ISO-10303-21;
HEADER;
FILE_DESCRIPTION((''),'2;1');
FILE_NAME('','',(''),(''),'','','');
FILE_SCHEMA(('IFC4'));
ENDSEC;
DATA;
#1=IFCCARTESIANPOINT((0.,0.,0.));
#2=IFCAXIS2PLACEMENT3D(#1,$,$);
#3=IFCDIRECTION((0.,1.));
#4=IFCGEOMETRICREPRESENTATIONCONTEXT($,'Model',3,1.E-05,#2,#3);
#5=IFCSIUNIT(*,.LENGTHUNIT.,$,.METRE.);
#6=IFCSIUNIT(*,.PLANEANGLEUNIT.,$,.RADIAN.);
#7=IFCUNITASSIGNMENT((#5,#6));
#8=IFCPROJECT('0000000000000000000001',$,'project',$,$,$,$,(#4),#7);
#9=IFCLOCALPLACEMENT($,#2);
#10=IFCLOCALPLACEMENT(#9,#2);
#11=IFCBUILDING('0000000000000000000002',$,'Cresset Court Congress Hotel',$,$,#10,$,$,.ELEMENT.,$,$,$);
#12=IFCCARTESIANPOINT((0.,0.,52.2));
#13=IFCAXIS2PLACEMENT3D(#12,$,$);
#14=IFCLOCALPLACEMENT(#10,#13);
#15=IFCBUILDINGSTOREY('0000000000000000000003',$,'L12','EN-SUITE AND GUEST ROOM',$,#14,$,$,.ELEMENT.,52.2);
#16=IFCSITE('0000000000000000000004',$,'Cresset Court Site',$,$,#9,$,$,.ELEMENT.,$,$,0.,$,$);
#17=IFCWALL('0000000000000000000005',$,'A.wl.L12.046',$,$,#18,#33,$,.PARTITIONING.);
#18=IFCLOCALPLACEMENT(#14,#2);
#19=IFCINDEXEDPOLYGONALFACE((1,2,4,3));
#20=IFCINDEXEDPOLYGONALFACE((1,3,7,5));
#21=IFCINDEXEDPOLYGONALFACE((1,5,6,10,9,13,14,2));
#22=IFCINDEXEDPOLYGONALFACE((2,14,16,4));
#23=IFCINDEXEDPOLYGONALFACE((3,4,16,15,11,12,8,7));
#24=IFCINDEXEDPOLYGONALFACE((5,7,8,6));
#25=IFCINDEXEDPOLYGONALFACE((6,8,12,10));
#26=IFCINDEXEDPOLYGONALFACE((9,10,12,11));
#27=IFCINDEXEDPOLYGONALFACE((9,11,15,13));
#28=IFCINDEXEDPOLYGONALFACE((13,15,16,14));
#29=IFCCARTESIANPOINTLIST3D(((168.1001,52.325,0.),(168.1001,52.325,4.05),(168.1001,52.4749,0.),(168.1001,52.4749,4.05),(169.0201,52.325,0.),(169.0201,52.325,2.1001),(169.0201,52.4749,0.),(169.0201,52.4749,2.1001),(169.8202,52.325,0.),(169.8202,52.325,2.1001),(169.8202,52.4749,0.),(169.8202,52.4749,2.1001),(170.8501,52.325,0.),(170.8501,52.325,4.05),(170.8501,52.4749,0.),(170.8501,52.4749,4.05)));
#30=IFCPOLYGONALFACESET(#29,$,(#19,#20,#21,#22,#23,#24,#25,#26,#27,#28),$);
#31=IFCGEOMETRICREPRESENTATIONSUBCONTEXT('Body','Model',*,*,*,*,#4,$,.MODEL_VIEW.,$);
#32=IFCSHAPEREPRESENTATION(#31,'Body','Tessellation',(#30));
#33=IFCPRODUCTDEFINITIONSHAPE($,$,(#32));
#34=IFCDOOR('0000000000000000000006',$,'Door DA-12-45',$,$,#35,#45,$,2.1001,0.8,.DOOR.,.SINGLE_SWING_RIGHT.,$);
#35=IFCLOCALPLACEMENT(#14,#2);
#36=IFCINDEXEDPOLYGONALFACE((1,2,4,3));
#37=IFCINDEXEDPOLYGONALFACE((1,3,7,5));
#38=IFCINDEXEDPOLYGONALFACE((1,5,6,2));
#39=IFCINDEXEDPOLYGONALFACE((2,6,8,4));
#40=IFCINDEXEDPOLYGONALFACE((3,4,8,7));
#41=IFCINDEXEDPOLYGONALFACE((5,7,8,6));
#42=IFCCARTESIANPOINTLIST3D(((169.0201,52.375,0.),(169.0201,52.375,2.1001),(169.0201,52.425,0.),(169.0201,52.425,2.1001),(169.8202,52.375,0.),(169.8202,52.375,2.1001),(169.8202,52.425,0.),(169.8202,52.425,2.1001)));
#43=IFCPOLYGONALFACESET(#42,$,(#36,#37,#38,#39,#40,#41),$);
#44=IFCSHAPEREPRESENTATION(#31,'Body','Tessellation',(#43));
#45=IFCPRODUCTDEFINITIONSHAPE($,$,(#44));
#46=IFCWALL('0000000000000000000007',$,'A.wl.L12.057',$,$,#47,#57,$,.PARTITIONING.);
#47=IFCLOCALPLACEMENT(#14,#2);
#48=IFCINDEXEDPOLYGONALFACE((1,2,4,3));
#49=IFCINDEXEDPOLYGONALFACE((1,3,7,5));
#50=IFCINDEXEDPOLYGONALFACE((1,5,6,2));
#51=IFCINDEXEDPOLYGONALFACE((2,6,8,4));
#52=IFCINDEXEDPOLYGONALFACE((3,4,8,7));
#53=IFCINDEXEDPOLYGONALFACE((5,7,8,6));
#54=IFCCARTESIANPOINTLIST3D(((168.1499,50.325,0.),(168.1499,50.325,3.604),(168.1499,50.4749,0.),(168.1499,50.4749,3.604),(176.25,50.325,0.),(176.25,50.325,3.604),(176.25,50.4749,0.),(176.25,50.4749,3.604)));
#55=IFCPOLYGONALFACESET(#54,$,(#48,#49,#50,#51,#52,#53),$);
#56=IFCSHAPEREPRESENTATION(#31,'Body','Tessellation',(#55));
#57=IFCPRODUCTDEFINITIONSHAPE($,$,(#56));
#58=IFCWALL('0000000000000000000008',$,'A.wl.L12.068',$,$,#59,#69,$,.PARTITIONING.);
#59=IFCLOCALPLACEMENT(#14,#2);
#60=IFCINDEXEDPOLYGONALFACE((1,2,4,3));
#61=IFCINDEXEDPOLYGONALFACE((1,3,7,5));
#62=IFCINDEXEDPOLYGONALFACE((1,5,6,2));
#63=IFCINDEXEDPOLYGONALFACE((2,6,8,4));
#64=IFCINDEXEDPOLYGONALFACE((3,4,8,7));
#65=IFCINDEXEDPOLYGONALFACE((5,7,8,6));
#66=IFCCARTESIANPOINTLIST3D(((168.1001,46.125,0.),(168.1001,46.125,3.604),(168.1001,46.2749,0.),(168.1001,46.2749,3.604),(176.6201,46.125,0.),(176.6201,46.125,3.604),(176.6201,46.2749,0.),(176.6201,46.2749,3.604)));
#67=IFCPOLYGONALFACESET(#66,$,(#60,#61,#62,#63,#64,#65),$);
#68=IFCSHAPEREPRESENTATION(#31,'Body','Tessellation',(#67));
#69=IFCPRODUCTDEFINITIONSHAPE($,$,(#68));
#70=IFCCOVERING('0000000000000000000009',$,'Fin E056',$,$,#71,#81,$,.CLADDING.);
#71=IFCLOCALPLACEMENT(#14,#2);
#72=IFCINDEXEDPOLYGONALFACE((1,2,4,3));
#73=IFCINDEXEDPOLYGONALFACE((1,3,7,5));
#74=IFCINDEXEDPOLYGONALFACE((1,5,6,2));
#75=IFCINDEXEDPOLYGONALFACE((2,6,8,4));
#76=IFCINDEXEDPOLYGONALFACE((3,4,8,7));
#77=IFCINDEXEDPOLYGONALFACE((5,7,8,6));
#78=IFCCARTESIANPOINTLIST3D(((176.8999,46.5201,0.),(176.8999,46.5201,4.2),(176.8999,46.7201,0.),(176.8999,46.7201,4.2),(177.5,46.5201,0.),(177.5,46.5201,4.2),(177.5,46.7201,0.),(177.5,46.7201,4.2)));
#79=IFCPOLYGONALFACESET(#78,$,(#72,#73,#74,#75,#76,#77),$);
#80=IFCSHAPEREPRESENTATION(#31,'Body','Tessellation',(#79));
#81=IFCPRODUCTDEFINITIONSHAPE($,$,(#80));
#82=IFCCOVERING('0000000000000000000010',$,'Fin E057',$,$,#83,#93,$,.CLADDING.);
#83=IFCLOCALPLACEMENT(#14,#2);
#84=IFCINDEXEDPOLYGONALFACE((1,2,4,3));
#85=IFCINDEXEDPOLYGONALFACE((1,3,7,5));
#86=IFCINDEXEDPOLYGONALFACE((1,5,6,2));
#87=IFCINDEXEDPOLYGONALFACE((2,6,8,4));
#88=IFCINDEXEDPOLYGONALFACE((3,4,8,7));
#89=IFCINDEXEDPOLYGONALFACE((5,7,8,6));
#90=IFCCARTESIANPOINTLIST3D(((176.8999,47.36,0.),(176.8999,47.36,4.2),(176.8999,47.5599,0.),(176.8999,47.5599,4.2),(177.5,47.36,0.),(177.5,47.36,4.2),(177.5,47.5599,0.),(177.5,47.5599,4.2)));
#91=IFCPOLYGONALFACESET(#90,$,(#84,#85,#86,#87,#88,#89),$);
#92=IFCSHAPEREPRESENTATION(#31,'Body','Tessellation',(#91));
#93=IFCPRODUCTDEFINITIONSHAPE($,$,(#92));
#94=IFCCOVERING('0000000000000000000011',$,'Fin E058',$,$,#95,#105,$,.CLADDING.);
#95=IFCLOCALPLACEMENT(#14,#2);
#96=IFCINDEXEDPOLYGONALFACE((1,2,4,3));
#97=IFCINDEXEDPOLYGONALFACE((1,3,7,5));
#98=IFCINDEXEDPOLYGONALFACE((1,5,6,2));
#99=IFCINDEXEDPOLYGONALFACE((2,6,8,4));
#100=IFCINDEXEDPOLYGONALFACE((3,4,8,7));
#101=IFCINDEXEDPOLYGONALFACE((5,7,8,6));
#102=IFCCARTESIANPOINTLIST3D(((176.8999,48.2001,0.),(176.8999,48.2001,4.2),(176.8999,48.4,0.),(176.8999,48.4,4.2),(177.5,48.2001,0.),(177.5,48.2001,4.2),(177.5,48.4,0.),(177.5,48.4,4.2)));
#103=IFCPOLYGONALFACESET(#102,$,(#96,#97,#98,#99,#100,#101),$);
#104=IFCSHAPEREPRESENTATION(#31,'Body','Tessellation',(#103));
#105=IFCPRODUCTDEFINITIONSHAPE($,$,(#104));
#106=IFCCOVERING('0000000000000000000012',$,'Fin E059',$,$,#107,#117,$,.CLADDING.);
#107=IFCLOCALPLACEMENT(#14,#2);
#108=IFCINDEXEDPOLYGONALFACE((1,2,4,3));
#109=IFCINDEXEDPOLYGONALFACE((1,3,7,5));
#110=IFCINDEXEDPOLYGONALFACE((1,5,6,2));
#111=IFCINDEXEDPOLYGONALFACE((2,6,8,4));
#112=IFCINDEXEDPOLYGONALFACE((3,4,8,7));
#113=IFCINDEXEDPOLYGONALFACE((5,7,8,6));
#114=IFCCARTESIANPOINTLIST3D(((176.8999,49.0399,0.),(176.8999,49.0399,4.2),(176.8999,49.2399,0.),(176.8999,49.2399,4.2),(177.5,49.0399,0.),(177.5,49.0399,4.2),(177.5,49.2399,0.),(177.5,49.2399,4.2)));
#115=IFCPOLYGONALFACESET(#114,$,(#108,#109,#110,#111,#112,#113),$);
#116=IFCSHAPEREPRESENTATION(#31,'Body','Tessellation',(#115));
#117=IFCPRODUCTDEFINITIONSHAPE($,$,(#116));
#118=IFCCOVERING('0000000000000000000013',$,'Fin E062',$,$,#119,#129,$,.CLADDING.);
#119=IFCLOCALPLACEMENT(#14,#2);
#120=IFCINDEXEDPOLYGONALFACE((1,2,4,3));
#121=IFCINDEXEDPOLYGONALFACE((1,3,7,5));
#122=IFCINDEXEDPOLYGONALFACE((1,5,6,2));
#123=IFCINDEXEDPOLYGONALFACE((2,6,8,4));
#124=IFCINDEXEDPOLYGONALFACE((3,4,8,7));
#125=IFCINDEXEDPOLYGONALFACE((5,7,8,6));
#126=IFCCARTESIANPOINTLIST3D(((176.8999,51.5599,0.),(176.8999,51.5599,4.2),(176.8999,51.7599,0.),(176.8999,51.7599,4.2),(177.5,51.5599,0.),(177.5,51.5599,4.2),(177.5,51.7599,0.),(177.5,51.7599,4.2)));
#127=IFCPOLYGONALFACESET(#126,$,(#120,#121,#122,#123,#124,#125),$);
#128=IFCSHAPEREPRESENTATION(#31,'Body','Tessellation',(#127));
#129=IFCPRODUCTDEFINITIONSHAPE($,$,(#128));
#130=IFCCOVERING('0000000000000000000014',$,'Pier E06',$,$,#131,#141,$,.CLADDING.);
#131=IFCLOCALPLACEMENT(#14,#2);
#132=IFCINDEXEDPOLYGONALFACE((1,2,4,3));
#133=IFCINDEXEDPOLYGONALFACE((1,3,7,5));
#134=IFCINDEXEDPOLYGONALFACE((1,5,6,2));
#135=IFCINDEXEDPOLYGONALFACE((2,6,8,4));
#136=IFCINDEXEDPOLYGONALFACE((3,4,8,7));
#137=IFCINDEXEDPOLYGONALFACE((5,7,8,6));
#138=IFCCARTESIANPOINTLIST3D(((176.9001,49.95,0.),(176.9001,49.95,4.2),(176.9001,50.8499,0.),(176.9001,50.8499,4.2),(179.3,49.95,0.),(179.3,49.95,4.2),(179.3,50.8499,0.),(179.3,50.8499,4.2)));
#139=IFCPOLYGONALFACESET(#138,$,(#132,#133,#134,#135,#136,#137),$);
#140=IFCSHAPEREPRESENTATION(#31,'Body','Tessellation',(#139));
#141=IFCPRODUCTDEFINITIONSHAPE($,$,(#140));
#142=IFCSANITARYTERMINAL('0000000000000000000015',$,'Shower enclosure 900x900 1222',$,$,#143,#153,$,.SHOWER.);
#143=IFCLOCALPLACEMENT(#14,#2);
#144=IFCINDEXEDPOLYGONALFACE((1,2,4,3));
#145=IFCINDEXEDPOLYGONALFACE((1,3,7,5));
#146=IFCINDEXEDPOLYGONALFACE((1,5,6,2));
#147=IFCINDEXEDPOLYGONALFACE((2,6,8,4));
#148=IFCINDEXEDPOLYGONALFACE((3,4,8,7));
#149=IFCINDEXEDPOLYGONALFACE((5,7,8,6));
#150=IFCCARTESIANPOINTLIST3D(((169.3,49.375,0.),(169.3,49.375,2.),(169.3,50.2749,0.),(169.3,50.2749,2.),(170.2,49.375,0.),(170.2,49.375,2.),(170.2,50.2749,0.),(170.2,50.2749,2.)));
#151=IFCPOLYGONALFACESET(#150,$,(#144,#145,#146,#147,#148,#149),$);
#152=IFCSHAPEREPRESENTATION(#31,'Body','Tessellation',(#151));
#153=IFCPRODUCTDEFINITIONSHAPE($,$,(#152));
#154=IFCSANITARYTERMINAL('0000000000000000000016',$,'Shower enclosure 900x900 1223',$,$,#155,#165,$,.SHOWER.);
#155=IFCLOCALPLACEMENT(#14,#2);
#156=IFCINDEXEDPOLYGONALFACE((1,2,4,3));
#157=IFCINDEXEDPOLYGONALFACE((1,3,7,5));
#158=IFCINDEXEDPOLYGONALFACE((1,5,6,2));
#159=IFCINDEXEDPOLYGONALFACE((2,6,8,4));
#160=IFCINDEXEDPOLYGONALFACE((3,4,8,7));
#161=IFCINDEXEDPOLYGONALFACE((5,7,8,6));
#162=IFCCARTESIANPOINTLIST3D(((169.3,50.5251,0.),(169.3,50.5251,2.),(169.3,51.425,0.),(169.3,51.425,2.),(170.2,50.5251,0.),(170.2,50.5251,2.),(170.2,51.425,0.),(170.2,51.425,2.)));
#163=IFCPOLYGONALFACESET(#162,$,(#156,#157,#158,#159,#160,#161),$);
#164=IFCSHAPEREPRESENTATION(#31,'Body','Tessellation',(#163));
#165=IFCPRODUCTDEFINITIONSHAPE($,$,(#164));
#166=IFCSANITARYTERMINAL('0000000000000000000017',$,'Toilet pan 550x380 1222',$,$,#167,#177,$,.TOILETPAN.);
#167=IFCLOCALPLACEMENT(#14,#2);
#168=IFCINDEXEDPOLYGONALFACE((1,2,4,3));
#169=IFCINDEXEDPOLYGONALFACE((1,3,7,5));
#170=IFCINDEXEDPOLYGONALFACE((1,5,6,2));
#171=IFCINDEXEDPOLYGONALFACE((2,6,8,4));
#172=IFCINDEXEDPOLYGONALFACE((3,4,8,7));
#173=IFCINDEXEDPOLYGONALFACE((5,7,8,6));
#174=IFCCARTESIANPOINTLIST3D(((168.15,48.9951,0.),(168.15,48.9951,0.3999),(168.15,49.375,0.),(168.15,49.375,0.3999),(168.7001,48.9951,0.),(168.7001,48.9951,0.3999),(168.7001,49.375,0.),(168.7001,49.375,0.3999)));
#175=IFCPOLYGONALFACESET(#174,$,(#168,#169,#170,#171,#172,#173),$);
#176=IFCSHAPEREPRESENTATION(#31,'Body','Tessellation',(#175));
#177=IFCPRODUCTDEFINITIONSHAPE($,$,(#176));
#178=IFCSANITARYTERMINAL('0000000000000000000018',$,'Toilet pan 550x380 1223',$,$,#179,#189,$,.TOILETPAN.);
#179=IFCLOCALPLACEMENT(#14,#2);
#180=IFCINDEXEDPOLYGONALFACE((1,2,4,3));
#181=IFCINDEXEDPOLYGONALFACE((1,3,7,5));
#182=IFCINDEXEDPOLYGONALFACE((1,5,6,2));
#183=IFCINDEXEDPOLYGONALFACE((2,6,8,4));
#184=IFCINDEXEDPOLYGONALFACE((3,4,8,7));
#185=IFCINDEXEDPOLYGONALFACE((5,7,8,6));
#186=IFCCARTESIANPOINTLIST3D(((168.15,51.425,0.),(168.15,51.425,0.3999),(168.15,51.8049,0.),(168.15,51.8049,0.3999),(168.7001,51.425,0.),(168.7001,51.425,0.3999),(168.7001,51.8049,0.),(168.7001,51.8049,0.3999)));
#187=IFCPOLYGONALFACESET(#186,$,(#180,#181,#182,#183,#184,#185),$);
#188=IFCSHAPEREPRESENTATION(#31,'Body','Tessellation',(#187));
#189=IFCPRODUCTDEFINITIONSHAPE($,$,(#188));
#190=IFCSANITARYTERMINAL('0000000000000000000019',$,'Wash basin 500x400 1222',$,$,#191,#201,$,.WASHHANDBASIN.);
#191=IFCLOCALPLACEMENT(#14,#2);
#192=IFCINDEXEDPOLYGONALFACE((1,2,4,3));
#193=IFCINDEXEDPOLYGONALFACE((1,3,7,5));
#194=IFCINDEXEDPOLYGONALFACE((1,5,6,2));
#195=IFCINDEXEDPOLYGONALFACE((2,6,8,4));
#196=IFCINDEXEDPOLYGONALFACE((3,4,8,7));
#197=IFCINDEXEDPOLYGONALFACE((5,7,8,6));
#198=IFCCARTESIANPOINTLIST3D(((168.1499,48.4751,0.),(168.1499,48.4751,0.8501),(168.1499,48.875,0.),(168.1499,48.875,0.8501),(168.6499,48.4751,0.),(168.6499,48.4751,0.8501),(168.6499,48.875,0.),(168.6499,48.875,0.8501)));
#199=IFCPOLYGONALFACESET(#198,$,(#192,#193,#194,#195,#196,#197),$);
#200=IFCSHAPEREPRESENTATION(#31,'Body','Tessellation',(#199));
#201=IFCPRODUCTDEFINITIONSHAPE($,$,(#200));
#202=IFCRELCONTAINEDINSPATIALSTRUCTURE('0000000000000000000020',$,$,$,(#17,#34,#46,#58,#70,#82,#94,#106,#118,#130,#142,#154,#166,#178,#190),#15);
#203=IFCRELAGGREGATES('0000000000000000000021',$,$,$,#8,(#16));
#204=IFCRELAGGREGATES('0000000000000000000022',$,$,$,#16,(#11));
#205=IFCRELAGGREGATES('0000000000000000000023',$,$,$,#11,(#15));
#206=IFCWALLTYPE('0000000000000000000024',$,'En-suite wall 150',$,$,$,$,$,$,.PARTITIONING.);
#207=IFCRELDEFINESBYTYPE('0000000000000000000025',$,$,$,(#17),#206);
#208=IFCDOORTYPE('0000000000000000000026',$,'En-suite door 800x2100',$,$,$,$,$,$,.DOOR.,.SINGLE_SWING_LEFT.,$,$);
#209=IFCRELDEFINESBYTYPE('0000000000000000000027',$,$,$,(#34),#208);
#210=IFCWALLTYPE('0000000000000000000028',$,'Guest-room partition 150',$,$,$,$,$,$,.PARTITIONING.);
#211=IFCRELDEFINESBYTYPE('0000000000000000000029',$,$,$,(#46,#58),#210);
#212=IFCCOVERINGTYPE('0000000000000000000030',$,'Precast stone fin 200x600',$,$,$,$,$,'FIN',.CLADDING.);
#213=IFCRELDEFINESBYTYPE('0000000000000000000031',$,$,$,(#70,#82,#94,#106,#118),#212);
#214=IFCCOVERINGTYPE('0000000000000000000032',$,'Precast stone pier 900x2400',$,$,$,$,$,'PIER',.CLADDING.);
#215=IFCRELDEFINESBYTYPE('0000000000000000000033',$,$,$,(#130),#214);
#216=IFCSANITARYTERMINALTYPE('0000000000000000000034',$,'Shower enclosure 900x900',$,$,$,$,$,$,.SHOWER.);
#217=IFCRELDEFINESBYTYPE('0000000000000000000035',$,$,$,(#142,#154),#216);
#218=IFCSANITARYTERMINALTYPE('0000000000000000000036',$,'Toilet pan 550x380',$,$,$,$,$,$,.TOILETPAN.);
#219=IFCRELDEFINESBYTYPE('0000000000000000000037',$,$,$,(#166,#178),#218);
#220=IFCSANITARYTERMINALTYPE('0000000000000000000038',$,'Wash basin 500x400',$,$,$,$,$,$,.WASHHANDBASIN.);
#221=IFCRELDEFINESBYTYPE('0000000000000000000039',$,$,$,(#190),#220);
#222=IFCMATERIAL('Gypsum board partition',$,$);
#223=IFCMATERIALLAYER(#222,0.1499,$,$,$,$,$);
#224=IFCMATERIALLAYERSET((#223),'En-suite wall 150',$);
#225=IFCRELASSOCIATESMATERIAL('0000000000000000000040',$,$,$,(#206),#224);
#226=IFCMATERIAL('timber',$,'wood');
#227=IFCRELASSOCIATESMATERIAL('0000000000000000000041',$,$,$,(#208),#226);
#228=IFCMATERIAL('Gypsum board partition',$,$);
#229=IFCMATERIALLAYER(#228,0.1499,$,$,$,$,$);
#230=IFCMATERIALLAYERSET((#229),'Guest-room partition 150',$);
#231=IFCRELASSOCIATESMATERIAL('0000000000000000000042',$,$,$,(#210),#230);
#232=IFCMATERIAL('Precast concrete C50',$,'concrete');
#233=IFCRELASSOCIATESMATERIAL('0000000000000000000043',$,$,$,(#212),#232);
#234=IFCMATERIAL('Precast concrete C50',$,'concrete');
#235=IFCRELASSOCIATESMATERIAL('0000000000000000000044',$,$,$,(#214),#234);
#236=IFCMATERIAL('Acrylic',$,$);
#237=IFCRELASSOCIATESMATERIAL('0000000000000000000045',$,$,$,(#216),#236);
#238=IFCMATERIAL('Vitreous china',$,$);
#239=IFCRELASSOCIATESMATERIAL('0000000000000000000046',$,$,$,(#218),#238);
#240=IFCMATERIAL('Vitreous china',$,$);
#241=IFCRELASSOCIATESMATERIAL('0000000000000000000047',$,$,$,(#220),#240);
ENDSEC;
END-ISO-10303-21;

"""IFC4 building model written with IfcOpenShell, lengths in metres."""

from ifc_helpers import new_model, si_unit, direction, frame, frame_2d, origin, origin_2d, place, context, subcontext, project, spatial, rectangle, extrude, material, layer, layer_set, type_object, element, fill, save


model = new_model("IFC4")

# Units and contexts
model_context = context("Model", 3, precision=1e-05, world=origin(), true_north=direction((0.0, 1.0)))
body_context = subcontext(model_context, "Body", "Model", "MODEL_VIEW")
ifc_project = project(units=[si_unit("LENGTHUNIT", "METRE"), si_unit("PLANEANGLEUNIT", "RADIAN")], contexts=[model_context])

# Site, building, storey
site_placement = place(None, origin())
site = spatial("IfcSite", under=ifc_project, at=site_placement, Name="Cresset Court Site", CompositionType="ELEMENT", RefElevation=0.0)
building_placement = place(site_placement, origin())
building = spatial("IfcBuilding", under=site, at=building_placement, Name="Cresset Court Congress Hotel", CompositionType="ELEMENT")
storey_placement = place(building_placement, frame((0.0, 0.0, 52.2)))
storey = spatial("IfcBuildingStorey", under=building, at=storey_placement, Name="L12", Description="EN-SUITE AND GUEST ROOM", CompositionType="ELEMENT", Elevation=52.2)

# Shared definitions
ifc_material_1 = material(Name="Gypsum board partition")
ifc_layer_1 = layer(ifc_material_1, 0.1499)
ifc_layer_set_1 = layer_set([ifc_layer_1], Name="En-suite wall 150")
wall_type_1 = type_object("IfcWallType", Name="En-suite wall 150", PredefinedType="PARTITIONING", material=ifc_layer_set_1)

# Shared definitions
ifc_material_2 = material(Name="timber", Category="wood")
door_type_1 = type_object("IfcDoorType", Name="En-suite door 800x2100", OperationType="SINGLE_SWING_LEFT", PredefinedType="DOOR", material=ifc_material_2)

# Wall, opening, door
wall_1_placement = place(storey_placement, frame((170.8501, 52.3999, 0.0), z_axis=(0.0, 0.0, 1.0), x_axis=(-1.0, 0.0, 0.0)))
wall_1 = element("IfcWall", 1, at=wall_1_placement, inside=storey, type_object=wall_type_1, Name="A.wl.L12.046", PredefinedType="PARTITIONING", context=body_context, shape_type="SweptSolid", body=[
    extrude(rectangle(XDim=2.75, YDim=0.1499, at=frame_2d((1.375, 0.0))), origin(), (0.0, 0.0, 1.0), 4.05),
])
opening_1_placement = place(wall_1_placement, frame((1.03, 0.0, 0.0)))
opening_1 = element("IfcOpeningElement", 2, at=opening_1_placement, cuts=wall_1, PredefinedType="OPENING", context=body_context, shape_type="SweptSolid", body=[
    extrude(rectangle(XDim=0.8, YDim=2.1001, at=frame_2d((0.3999, 1.05))), frame((0.0, 0.085, 0.0), z_axis=(0.0, -1.0, 0.0), x_axis=(1.0, 0.0, 0.0)), (0.0, 0.0, 1.0), 0.1699),
])
door_1_placement = place(opening_1_placement, origin())
door_1 = element("IfcDoor", 3, at=door_1_placement, inside=storey, type_object=door_type_1, Name="Door DA-12-45", OperationType="SINGLE_SWING_RIGHT", OverallHeight=2.1001, OverallWidth=0.8, PredefinedType="DOOR", context=body_context, shape_type="SweptSolid", body=[
    extrude(rectangle(XDim=0.8, YDim=2.1001, at=frame_2d((0.3999, 1.05))), frame((0.0, 0.0249, 0.0), z_axis=(0.0, -1.0, 0.0), x_axis=(1.0, 0.0, 0.0)), (0.0, 0.0, 1.0), 0.05),
])
fill(opening_1, door_1)

# Walls
ifc_material_3 = material(Name="Gypsum board partition")
ifc_layer_2 = layer(ifc_material_3, 0.1499)
ifc_layer_set_2 = layer_set([ifc_layer_2], Name="Guest-room partition 150")
wall_type_2 = type_object("IfcWallType", Name="Guest-room partition 150", PredefinedType="PARTITIONING", material=ifc_layer_set_2)
wall_2_placement = place(storey_placement, frame((168.1499, 50.3999, 0.0), z_axis=(0.0, 0.0, 1.0), x_axis=(1.0, 0.0, 0.0)))
element("IfcWall", 4, at=wall_2_placement, inside=storey, type_object=wall_type_2, Name="A.wl.L12.057", PredefinedType="PARTITIONING", context=body_context, shape_type="SweptSolid", body=[
    extrude(rectangle(XDim=8.1001, YDim=0.1499, at=frame_2d((4.05, 0.0))), origin(), (0.0, 0.0, 1.0), 3.604),
])
wall_3_placement = place(storey_placement, frame((168.1001, 46.2, 0.0), z_axis=(0.0, 0.0, 1.0), x_axis=(1.0, 0.0, 0.0)))
element("IfcWall", 5, at=wall_3_placement, inside=storey, type_object=wall_type_2, Name="A.wl.L12.068", PredefinedType="PARTITIONING", context=body_context, shape_type="SweptSolid", body=[
    extrude(rectangle(XDim=8.52, YDim=0.1499, at=frame_2d((4.26, 0.0))), origin(), (0.0, 0.0, 1.0), 3.604),
])

# Coverings
ifc_material_4 = material(Name="Precast concrete C50", Category="concrete")
covering_type_1 = type_object("IfcCoveringType", Name="Precast stone fin 200x600", ElementType="FIN", PredefinedType="CLADDING", material=ifc_material_4)
for number, where, z_axis, x_axis, name in (
    (6, (177.2, 46.6201, 0.0), (0.0, 0.0, 1.0), (1.0, 0.0, 0.0), "Fin E056"),
    (7, (177.2, 47.46, 0.0), (0.0, 0.0, 1.0), (1.0, 0.0, 0.0), "Fin E057"),
    (8, (177.2, 48.3, 0.0), (0.0, 0.0, 1.0), (1.0, 0.0, 0.0), "Fin E058"),
    (9, (177.2, 49.1399, 0.0), (0.0, 0.0, 1.0), (1.0, 0.0, 0.0), "Fin E059"),
    (10, (177.2, 51.6599, 0.0), (0.0, 0.0, 1.0), (1.0, 0.0, 0.0), "Fin E062"),
):
    element("IfcCovering", number, at=place(storey_placement, frame(where, z_axis=z_axis, x_axis=x_axis)), inside=storey, type_object=covering_type_1, Name=name, PredefinedType="CLADDING", context=body_context, shape_type="SweptSolid", body=[
        extrude(rectangle(XDim=0.6001, YDim=0.2, at=origin_2d()), origin(), (0.0, 0.0, 1.0), 4.2),
    ])
ifc_material_5 = material(Name="Precast concrete C50", Category="concrete")
covering_type_2 = type_object("IfcCoveringType", Name="Precast stone pier 900x2400", ElementType="PIER", PredefinedType="CLADDING", material=ifc_material_5)
covering_placement = place(storey_placement, frame((178.1001, 50.3999, 0.0), z_axis=(0.0, 0.0, 1.0), x_axis=(1.0, 0.0, 0.0)))
element("IfcCovering", 11, at=covering_placement, inside=storey, type_object=covering_type_2, Name="Pier E06", PredefinedType="CLADDING", context=body_context, shape_type="SweptSolid", body=[
    extrude(rectangle(XDim=2.3999, YDim=0.8999, at=origin_2d()), origin(), (0.0, 0.0, 1.0), 4.2),
])

# Sanitary terminals
ifc_material_6 = material(Name="Acrylic")
sanitary_terminal_type_1 = type_object("IfcSanitaryTerminalType", Name="Shower enclosure 900x900", PredefinedType="SHOWER", material=ifc_material_6)
for number, where, z_axis, x_axis, name in (
    (12, (169.75, 49.825, 0.0), (0.0, 0.0, 1.0), (1.0, 0.0, 0.0), "Shower enclosure 900x900 1222"),
    (13, (169.75, 50.9751, 0.0), (0.0, 0.0, 1.0), (1.0, 0.0, 0.0), "Shower enclosure 900x900 1223"),
):
    element("IfcSanitaryTerminal", number, at=place(storey_placement, frame(where, z_axis=z_axis, x_axis=x_axis)), inside=storey, type_object=sanitary_terminal_type_1, Name=name, PredefinedType="SHOWER", context=body_context, shape_type="SweptSolid", body=[
        extrude(rectangle(XDim=0.8999, YDim=0.8999, at=origin_2d()), origin(), (0.0, 0.0, 1.0), 2.0),
    ])
ifc_material_7 = material(Name="Vitreous china")
sanitary_terminal_type_2 = type_object("IfcSanitaryTerminalType", Name="Toilet pan 550x380", PredefinedType="TOILETPAN", material=ifc_material_7)
for number, where, z_axis, x_axis, name in (
    (14, (168.425, 49.1851, 0.0), (0.0, 0.0, 1.0), (1.0, 0.0, 0.0), "Toilet pan 550x380 1222"),
    (15, (168.425, 51.615, 0.0), (0.0, 0.0, 1.0), (1.0, 0.0, 0.0), "Toilet pan 550x380 1223"),
):
    element("IfcSanitaryTerminal", number, at=place(storey_placement, frame(where, z_axis=z_axis, x_axis=x_axis)), inside=storey, type_object=sanitary_terminal_type_2, Name=name, PredefinedType="TOILETPAN", context=body_context, shape_type="SweptSolid", body=[
        extrude(rectangle(XDim=0.55, YDim=0.3799, at=origin_2d()), origin(), (0.0, 0.0, 1.0), 0.3999),
    ])
ifc_material_8 = material(Name="Vitreous china")
sanitary_terminal_type_3 = type_object("IfcSanitaryTerminalType", Name="Wash basin 500x400", PredefinedType="WASHHANDBASIN", material=ifc_material_8)
for number, where, z_axis, x_axis, name in (
    (16, (168.3999, 48.675, 0.0), (0.0, 0.0, 1.0), (1.0, 0.0, 0.0), "Wash basin 500x400 1222"),
):
    element("IfcSanitaryTerminal", number, at=place(storey_placement, frame(where, z_axis=z_axis, x_axis=x_axis)), inside=storey, type_object=sanitary_terminal_type_3, Name=name, PredefinedType="WASHHANDBASIN", context=body_context, shape_type="SweptSolid", body=[
        extrude(rectangle(XDim=0.5, YDim=0.3999, at=origin_2d()), origin(), (0.0, 0.0, 1.0), 0.8501),
    ])

save(model, "model.ifc")
